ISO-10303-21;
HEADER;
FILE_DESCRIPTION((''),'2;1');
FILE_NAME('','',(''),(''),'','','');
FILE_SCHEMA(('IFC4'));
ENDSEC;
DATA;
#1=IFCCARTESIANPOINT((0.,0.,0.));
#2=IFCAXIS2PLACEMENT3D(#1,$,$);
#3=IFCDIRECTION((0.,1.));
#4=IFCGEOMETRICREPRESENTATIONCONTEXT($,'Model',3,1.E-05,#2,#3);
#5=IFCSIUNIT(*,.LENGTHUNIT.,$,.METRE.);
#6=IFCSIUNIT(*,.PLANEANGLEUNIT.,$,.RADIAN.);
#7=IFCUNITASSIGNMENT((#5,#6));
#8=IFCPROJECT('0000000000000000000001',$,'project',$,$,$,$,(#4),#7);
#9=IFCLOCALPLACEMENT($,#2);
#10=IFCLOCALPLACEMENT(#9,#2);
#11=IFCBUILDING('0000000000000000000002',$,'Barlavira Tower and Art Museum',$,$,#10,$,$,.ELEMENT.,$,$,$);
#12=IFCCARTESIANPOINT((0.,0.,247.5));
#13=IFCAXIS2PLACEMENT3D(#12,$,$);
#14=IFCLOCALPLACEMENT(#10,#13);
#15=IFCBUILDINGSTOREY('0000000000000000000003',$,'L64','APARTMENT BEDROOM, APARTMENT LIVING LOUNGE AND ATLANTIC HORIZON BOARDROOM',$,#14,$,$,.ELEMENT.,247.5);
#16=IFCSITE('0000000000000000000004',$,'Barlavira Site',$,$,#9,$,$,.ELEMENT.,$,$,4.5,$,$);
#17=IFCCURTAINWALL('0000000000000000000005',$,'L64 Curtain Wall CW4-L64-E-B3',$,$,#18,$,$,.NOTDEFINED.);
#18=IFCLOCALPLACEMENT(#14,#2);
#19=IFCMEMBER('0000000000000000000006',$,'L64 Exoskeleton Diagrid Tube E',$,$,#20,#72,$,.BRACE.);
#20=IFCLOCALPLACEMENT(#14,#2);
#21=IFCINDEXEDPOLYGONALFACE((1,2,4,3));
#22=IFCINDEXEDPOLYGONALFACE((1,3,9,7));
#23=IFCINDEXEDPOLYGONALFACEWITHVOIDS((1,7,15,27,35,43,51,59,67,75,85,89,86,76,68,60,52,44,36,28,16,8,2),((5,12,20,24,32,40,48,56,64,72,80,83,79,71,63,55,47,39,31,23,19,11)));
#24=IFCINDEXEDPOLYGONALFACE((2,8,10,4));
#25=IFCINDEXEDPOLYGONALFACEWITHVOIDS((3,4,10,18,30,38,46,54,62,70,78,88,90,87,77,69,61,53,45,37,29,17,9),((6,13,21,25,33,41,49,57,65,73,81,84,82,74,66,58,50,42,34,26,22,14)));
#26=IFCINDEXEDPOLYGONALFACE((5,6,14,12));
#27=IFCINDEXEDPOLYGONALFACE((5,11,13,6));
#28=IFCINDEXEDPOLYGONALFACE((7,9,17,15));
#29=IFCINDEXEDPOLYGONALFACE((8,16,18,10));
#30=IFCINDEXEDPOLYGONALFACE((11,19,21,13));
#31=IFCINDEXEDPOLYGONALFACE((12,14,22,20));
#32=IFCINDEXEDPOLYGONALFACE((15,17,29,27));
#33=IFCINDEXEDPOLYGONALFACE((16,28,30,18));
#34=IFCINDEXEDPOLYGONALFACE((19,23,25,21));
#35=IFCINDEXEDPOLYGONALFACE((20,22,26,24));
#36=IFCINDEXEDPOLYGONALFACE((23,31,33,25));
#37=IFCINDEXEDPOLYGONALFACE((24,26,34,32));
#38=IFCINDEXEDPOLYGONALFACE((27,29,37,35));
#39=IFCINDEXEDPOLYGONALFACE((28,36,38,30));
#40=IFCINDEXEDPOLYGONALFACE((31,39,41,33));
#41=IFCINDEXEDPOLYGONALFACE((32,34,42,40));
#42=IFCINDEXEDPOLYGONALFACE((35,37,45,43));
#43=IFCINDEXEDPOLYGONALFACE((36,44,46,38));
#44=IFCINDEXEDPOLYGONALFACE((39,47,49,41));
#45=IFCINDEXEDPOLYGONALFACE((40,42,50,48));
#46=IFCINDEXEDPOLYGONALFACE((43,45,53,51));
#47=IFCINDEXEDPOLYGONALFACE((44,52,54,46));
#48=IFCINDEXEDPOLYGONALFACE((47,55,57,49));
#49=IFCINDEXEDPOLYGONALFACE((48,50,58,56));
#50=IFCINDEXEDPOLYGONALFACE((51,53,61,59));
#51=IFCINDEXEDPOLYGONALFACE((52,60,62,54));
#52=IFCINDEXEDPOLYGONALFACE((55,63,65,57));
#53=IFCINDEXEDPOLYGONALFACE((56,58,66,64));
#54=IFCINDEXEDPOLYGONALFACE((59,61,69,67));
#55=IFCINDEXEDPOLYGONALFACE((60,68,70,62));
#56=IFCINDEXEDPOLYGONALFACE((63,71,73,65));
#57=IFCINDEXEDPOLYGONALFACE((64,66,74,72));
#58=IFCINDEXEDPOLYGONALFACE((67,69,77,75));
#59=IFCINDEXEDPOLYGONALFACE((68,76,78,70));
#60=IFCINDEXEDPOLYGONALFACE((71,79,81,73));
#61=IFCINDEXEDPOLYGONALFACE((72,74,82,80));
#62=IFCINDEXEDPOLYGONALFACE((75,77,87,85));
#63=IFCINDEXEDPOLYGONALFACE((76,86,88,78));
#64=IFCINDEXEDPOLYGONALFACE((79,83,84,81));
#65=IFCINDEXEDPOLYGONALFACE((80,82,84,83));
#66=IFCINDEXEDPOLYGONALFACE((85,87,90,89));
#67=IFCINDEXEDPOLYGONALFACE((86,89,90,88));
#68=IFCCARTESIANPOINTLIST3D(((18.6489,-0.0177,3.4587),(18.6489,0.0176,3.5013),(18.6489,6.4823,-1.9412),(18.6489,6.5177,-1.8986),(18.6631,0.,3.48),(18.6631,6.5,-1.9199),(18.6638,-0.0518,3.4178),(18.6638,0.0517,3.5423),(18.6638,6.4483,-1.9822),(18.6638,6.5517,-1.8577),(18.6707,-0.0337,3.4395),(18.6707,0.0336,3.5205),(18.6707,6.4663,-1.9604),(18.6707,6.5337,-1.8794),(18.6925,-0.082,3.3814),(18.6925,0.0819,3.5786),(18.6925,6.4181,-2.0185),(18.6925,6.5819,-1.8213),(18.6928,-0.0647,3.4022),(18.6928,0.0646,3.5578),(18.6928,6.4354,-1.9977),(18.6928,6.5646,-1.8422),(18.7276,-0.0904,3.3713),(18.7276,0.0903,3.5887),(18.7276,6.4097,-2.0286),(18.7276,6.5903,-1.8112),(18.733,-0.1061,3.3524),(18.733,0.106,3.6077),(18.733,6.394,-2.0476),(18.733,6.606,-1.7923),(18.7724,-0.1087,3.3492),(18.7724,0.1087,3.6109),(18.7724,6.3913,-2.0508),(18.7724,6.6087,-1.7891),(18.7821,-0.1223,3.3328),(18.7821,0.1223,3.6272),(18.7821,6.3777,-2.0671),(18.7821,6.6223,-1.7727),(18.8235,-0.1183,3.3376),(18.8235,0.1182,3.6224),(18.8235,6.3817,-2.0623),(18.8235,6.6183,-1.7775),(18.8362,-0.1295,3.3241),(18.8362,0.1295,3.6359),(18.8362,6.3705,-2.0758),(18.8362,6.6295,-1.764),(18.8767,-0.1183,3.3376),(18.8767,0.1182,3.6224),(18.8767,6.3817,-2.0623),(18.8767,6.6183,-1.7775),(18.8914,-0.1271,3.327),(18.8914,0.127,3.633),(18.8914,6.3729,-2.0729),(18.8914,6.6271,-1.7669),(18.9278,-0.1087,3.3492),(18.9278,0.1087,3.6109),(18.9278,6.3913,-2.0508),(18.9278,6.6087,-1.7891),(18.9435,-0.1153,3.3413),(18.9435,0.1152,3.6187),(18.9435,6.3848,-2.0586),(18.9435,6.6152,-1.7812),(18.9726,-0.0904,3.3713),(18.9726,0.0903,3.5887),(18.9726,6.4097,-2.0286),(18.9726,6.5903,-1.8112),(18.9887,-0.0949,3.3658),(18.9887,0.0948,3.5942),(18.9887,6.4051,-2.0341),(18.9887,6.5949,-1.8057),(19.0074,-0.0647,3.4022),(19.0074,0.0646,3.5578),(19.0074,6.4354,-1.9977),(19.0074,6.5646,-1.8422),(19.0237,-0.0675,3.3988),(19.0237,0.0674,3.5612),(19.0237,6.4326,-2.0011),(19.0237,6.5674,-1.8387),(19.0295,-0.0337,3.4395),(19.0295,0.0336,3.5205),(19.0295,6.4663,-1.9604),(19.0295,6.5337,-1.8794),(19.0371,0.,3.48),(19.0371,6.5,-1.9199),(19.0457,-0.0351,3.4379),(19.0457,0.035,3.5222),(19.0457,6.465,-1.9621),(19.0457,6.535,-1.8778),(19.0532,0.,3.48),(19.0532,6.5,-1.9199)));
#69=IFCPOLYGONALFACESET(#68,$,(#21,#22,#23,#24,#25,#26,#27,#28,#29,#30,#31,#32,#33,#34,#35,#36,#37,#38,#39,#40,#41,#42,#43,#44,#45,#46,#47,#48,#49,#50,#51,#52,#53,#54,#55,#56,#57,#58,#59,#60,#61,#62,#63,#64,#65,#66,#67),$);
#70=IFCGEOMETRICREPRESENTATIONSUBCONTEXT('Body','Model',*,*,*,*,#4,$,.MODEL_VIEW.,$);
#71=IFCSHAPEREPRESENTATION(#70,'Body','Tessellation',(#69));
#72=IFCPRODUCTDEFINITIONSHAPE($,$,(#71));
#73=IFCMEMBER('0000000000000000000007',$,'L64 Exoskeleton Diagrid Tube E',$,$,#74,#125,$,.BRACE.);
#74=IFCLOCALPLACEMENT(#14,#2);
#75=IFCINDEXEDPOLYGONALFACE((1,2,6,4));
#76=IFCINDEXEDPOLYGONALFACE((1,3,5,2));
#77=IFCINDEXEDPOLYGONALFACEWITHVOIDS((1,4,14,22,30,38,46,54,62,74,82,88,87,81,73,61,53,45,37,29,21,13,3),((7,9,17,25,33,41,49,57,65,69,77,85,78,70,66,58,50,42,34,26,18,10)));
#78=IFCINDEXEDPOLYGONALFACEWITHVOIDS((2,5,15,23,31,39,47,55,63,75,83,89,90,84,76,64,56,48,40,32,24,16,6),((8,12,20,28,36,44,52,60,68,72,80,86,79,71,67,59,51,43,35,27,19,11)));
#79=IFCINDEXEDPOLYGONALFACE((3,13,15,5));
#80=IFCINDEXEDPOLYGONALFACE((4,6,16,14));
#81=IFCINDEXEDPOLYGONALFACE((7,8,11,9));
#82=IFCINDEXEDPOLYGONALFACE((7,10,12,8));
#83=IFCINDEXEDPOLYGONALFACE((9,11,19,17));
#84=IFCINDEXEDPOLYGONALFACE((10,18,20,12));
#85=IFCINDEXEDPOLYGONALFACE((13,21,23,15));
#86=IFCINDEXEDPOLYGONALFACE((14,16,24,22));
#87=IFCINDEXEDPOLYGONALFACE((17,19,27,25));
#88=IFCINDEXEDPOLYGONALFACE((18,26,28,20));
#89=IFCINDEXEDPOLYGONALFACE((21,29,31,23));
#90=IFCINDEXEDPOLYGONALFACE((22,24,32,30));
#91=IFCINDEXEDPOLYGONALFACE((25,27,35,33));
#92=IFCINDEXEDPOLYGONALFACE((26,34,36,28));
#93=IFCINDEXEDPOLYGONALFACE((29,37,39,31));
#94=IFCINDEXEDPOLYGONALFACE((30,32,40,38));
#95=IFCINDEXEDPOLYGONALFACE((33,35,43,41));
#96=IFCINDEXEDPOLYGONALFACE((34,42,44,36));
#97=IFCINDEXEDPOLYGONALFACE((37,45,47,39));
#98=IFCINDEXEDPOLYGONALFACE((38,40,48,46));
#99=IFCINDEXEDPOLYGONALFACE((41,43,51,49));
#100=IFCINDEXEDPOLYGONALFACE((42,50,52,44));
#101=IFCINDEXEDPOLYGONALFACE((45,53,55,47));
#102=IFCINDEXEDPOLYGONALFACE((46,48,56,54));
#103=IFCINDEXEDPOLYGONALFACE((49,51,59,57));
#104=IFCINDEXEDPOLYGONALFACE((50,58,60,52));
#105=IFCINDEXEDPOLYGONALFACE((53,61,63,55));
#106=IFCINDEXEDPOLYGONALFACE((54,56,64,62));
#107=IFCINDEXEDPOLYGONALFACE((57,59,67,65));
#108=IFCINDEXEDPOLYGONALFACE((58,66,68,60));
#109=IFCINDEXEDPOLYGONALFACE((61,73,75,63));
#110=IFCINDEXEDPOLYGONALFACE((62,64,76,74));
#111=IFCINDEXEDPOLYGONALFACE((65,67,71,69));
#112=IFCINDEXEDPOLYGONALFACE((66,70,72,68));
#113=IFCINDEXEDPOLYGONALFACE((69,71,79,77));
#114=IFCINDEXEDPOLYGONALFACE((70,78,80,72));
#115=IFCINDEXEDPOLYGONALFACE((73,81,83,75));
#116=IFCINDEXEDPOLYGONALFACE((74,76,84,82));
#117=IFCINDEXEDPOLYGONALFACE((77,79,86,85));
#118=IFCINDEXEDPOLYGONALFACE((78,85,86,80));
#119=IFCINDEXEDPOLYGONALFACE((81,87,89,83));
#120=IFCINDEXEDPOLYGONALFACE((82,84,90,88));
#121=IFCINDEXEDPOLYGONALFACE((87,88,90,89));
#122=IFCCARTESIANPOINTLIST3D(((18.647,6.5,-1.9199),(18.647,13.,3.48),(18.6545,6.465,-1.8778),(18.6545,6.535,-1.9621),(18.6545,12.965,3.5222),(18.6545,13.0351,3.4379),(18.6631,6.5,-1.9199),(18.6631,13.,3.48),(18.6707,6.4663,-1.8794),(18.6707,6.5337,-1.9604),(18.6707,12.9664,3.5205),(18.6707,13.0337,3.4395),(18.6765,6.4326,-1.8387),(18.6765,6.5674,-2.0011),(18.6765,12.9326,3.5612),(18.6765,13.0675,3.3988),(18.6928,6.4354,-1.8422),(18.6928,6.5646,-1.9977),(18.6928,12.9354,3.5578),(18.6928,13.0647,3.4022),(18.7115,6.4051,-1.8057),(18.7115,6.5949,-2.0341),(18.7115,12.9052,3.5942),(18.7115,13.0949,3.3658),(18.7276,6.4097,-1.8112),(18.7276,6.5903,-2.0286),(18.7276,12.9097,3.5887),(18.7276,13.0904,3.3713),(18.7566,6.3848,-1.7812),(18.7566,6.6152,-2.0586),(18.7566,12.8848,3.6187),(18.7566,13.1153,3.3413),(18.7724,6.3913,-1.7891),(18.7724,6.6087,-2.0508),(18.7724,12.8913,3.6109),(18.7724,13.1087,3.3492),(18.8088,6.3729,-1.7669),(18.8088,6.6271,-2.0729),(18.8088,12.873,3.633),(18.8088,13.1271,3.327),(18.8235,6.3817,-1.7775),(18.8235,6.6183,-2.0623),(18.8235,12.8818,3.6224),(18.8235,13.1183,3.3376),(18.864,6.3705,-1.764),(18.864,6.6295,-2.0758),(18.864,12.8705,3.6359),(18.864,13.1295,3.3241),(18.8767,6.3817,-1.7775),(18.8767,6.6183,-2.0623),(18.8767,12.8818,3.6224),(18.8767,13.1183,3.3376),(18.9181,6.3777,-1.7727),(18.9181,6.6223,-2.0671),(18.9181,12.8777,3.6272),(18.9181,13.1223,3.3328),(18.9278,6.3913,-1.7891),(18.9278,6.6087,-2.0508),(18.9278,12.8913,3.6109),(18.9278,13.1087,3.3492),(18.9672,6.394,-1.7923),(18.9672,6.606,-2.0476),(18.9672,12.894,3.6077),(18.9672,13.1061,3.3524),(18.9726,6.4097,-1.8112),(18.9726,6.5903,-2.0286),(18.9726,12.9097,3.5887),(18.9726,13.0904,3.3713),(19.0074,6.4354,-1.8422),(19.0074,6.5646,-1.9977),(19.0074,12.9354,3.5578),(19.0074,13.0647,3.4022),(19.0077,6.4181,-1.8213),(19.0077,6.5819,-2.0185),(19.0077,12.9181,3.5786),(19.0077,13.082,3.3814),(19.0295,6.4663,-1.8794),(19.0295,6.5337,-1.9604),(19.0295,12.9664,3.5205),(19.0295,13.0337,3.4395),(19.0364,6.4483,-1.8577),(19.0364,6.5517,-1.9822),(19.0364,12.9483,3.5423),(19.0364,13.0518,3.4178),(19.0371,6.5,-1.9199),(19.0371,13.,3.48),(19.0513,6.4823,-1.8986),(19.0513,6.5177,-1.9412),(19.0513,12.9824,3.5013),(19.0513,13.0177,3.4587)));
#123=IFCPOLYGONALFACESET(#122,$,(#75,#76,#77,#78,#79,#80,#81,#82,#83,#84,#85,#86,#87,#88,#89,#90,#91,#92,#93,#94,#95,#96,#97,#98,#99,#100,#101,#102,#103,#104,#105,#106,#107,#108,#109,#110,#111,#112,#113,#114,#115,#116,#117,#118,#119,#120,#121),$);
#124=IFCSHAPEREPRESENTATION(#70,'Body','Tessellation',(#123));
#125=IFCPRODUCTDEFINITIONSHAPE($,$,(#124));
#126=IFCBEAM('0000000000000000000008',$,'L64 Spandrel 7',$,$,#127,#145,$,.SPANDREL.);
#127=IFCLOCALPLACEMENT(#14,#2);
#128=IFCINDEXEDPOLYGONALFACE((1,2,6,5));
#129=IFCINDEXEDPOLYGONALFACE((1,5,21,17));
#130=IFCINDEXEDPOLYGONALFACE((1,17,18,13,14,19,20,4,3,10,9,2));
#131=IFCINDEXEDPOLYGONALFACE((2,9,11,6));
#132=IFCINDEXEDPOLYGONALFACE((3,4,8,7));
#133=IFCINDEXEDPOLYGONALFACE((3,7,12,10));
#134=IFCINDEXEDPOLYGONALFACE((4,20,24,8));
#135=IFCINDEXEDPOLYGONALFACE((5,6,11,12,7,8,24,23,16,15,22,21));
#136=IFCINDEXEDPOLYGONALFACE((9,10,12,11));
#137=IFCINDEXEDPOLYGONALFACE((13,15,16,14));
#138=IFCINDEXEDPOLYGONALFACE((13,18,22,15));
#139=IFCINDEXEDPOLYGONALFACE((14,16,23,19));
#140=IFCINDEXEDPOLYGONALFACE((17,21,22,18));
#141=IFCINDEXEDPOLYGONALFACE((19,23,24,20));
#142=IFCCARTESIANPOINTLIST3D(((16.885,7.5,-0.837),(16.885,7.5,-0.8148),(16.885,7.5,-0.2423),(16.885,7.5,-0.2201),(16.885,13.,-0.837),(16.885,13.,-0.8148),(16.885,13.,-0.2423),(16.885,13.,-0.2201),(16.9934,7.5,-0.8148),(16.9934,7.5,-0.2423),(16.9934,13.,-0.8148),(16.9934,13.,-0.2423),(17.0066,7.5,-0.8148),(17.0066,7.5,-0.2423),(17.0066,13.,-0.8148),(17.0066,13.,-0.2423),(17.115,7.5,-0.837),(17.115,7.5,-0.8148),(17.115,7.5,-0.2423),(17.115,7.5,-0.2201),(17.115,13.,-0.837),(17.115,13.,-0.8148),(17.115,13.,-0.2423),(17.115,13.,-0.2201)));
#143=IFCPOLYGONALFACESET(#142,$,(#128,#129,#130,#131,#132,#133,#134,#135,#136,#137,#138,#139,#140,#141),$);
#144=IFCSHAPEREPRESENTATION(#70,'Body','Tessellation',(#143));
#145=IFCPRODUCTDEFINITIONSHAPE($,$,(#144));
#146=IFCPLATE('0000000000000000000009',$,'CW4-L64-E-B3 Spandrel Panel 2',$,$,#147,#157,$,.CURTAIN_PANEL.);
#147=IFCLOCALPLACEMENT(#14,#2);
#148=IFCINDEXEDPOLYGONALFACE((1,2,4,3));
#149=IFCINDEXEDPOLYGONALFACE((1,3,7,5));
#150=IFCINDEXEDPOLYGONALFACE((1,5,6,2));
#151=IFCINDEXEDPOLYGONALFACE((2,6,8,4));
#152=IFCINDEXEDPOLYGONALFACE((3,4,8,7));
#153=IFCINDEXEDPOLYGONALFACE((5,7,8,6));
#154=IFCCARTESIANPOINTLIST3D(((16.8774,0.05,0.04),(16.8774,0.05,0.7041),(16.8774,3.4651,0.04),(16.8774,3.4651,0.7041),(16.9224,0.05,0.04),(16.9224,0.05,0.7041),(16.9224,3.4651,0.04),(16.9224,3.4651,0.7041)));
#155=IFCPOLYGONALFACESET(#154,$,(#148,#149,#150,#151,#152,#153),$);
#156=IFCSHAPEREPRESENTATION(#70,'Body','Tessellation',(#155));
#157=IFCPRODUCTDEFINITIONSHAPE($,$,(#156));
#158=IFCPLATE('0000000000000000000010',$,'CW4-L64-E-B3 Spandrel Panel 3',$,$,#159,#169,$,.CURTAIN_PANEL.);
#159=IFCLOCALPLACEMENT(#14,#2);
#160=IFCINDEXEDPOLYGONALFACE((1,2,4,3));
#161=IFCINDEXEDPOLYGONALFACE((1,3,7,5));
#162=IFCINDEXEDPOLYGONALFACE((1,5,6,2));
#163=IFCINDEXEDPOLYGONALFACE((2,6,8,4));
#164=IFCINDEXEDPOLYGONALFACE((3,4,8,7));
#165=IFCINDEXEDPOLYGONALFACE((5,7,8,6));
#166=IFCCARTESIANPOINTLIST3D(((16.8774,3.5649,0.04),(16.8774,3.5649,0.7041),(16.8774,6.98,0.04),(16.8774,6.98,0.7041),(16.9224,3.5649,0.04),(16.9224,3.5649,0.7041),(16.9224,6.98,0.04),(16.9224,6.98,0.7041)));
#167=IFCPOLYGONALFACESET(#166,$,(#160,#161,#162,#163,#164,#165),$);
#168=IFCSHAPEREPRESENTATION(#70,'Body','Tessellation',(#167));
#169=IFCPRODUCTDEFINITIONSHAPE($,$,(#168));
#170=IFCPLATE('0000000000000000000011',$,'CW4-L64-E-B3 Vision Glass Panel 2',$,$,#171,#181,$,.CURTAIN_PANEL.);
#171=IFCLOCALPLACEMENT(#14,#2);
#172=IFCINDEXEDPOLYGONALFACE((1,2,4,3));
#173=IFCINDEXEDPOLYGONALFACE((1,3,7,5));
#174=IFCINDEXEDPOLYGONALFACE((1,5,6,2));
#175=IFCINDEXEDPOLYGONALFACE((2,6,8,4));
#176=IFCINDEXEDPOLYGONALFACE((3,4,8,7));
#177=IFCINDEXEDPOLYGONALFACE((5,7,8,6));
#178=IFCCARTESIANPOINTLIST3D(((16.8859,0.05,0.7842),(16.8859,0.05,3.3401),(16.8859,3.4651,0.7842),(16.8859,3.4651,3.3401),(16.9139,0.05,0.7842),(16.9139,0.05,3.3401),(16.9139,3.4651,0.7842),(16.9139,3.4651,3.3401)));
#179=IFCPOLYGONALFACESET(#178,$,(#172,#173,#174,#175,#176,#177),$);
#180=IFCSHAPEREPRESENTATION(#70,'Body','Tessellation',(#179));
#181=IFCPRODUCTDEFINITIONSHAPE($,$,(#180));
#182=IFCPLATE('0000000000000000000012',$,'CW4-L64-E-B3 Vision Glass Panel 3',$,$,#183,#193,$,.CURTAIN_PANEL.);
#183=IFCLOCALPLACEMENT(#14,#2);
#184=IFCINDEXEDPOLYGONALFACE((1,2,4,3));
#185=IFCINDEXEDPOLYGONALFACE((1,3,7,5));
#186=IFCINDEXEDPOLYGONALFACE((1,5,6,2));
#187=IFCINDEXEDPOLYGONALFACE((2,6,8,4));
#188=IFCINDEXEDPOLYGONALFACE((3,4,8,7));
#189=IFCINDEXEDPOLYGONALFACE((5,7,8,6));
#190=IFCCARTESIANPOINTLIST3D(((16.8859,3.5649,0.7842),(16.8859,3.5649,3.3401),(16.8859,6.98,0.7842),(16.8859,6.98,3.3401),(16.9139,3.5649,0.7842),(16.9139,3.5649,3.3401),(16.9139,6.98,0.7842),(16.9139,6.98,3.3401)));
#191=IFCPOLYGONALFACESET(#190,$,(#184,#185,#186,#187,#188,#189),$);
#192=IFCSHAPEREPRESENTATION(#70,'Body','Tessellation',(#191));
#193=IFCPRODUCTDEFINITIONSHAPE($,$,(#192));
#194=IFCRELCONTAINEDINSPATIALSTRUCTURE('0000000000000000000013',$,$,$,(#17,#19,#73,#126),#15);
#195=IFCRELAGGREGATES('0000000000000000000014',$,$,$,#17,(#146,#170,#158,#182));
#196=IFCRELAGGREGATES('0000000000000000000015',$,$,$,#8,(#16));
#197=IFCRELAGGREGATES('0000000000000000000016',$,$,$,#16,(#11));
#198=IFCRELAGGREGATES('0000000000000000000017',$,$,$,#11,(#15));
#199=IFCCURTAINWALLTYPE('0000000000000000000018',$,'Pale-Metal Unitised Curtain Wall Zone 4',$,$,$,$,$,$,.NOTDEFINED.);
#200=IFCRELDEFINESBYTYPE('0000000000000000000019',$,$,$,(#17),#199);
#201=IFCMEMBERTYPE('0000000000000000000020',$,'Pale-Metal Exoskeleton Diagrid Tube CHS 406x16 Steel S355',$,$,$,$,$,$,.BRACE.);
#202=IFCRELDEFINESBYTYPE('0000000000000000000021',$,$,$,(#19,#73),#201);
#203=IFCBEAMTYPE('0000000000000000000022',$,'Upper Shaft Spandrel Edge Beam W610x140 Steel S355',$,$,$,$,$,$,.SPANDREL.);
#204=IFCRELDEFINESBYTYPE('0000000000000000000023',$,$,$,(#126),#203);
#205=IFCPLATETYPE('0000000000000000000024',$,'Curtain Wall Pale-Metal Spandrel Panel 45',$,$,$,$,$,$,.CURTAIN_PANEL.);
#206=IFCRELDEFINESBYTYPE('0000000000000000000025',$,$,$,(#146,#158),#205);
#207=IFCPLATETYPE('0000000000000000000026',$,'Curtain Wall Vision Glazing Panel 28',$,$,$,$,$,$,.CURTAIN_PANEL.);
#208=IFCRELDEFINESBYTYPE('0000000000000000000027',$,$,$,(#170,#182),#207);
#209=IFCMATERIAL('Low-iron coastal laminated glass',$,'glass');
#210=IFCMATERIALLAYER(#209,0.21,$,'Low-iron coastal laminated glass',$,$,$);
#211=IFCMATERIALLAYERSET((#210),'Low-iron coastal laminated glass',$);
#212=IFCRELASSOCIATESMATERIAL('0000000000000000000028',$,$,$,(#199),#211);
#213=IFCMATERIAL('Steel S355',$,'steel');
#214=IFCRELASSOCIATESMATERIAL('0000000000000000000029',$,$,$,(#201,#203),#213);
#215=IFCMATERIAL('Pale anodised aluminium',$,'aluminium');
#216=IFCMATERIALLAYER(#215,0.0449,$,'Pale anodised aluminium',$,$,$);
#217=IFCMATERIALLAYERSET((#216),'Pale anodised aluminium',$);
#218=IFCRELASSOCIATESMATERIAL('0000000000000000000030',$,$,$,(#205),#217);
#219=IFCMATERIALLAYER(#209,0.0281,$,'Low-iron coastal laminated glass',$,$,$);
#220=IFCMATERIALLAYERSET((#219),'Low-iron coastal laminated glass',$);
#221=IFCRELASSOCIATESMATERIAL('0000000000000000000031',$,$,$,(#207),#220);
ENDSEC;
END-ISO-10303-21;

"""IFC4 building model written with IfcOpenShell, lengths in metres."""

from ifc_helpers import new_model, si_unit, direction, frame, origin, origin_2d, place, context, subcontext, project, spatial, rectangle, hollow_circle, i_section, extrude, material, layer, layer_set, material_profile, profile_set, type_object, element, aggregate, save


model = new_model("IFC4")

# Units and contexts
model_context = context("Model", 3, precision=1e-05, world=origin(), true_north=direction((0.0, 1.0)))
body_context = subcontext(model_context, "Body", "Model", "MODEL_VIEW")
ifc_project = project(units=[si_unit("LENGTHUNIT", "METRE"), si_unit("PLANEANGLEUNIT", "RADIAN")], contexts=[model_context])

# Site, building, storey
site_placement = place(None, origin())
site = spatial("IfcSite", under=ifc_project, at=site_placement, Name="Barlavira Site", CompositionType="ELEMENT", RefElevation=4.5)
building_placement = place(site_placement, origin())
building = spatial("IfcBuilding", under=site, at=building_placement, Name="Barlavira Tower and Art Museum", CompositionType="ELEMENT")
storey_placement = place(building_placement, frame((0.0, 0.0, 247.5)))
storey = spatial("IfcBuildingStorey", under=building, at=storey_placement, Name="L64", Description="APARTMENT BEDROOM, APARTMENT LIVING LOUNGE AND ATLANTIC HORIZON BOARDROOM", CompositionType="ELEMENT", Elevation=247.5)

# Curtain wall
ifc_material_1 = material(Name="Low-iron coastal laminated glass", Category="glass")
ifc_layer_1 = layer(ifc_material_1, 0.21, Name="Low-iron coastal laminated glass")
ifc_layer_set_1 = layer_set([ifc_layer_1], Name="Low-iron coastal laminated glass")
curtain_wall_type = type_object("IfcCurtainWallType", Name="Pale-Metal Unitised Curtain Wall Zone 4", PredefinedType="NOTDEFINED", material=ifc_layer_set_1)
curtain_wall_placement = place(storey_placement, origin())
curtain_wall = element("IfcCurtainWall", 1, at=curtain_wall_placement, inside=storey, type_object=curtain_wall_type, Name="L64 Curtain Wall CW4-L64-E-B3", PredefinedType="NOTDEFINED")
ifc_material_2 = material(Name="Pale anodised aluminium", Category="aluminium")

# Members
ifc_material_3 = material(Name="Steel S355", Category="steel")
ifc_material_profile_1 = material_profile(ifc_material_3, hollow_circle(Radius=0.2031, WallThickness=0.0161, at=origin_2d()), Name="CHS 406.4x16.0")
ifc_profile_set_1 = profile_set([ifc_material_profile_1], Name="Steel S355")
member_type_1 = type_object("IfcMemberType", Name="Pale-Metal Exoskeleton Diagrid Tube CHS 406x16 Steel S355", PredefinedType="BRACE", material=ifc_profile_set_1)
for number, where, z_axis, x_axis, name in (
    (2, (18.8501, 6.5, -1.9199), (0.0, -0.769196, 0.639013), (1.0, 0.0, 0.0), "L64 Exoskeleton Diagrid Tube E"),
    (3, (18.8501, 6.5, -1.9199), (0.0, 0.769196, 0.639013), (-1.0, 0.0, 0.0), "L64 Exoskeleton Diagrid Tube E"),
):
    element("IfcMember", number, at=place(storey_placement, frame(where, z_axis=z_axis, x_axis=x_axis)), inside=storey, type_object=member_type_1, Name=name, PredefinedType="BRACE", context=body_context, shape_type="SweptSolid", body=[
        extrude(hollow_circle(Radius=0.2031, WallThickness=0.0161, at=origin_2d()), origin(), (0.0, 0.0, 1.0), 8.4504),
    ])

# Beam
ifc_material_profile_2 = material_profile(ifc_material_3, i_section(OverallWidth=0.23, OverallDepth=0.6169, WebThickness=0.0132, FlangeThickness=0.0222, at=origin_2d()), Name="W610x140.0")
ifc_profile_set_2 = profile_set([ifc_material_profile_2], Name="Steel S355")
beam_type = type_object("IfcBeamType", Name="Upper Shaft Spandrel Edge Beam W610x140 Steel S355", PredefinedType="SPANDREL", material=ifc_profile_set_2)
beam_placement = place(storey_placement, frame((17.0, 7.5, -0.5286), z_axis=(0.0, 1.0, 0.0), x_axis=(-1.0, 0.0, 0.0)))
element("IfcBeam", 4, at=beam_placement, inside=storey, type_object=beam_type, Name="L64 Spandrel 7", PredefinedType="SPANDREL", context=body_context, shape_type="SweptSolid", body=[
    extrude(i_section(OverallWidth=0.23, OverallDepth=0.6169, WebThickness=0.0132, FlangeThickness=0.0222, at=origin_2d()), origin(), (0.0, 0.0, 1.0), 5.5),
])

# Plates
ifc_layer_2 = layer(ifc_material_2, 0.0449, Name="Pale anodised aluminium")
ifc_layer_set_2 = layer_set([ifc_layer_2], Name="Pale anodised aluminium")
plate_type_1 = type_object("IfcPlateType", Name="Curtain Wall Pale-Metal Spandrel Panel 45", PredefinedType="CURTAIN_PANEL", material=ifc_layer_set_2)
plate_1_placement = place(storey_placement, frame((16.8999, 1.7576, 0.04), z_axis=(0.0, 0.0, 1.0), x_axis=(0.0, 1.0, 0.0)))
plate_1 = element("IfcPlate", 5, at=plate_1_placement, type_object=plate_type_1, Name="CW4-L64-E-B3 Spandrel Panel 2", PredefinedType="CURTAIN_PANEL", context=body_context, shape_type="SweptSolid", body=[
    extrude(rectangle(XDim=3.415, YDim=0.0449, at=origin_2d()), origin(), (0.0, 0.0, 1.0), 0.6641),
])
plate_2_placement = place(storey_placement, frame((16.8999, 5.2725, 0.04), z_axis=(0.0, 0.0, 1.0), x_axis=(0.0, 1.0, 0.0)))
plate_2 = element("IfcPlate", 6, at=plate_2_placement, type_object=plate_type_1, Name="CW4-L64-E-B3 Spandrel Panel 3", PredefinedType="CURTAIN_PANEL", context=body_context, shape_type="SweptSolid", body=[
    extrude(rectangle(XDim=3.415, YDim=0.0449, at=origin_2d()), origin(), (0.0, 0.0, 1.0), 0.6641),
])
ifc_layer_3 = layer(ifc_material_1, 0.0281, Name="Low-iron coastal laminated glass")
ifc_layer_set_3 = layer_set([ifc_layer_3], Name="Low-iron coastal laminated glass")
plate_type_2 = type_object("IfcPlateType", Name="Curtain Wall Vision Glazing Panel 28", PredefinedType="CURTAIN_PANEL", material=ifc_layer_set_3)
plate_3_placement = place(storey_placement, frame((16.8999, 1.7576, 0.7842), z_axis=(0.0, 0.0, 1.0), x_axis=(0.0, 1.0, 0.0)))
plate_3 = element("IfcPlate", 7, at=plate_3_placement, type_object=plate_type_2, Name="CW4-L64-E-B3 Vision Glass Panel 2", PredefinedType="CURTAIN_PANEL", context=body_context, shape_type="SweptSolid", body=[
    extrude(rectangle(XDim=3.415, YDim=0.0281, at=origin_2d()), origin(), (0.0, 0.0, 1.0), 2.5559),
])
plate_4_placement = place(storey_placement, frame((16.8999, 5.2725, 0.7842), z_axis=(0.0, 0.0, 1.0), x_axis=(0.0, 1.0, 0.0)))
plate_4 = element("IfcPlate", 8, at=plate_4_placement, type_object=plate_type_2, Name="CW4-L64-E-B3 Vision Glass Panel 3", PredefinedType="CURTAIN_PANEL", context=body_context, shape_type="SweptSolid", body=[
    extrude(rectangle(XDim=3.415, YDim=0.0281, at=origin_2d()), origin(), (0.0, 0.0, 1.0), 2.5559),
])
aggregate(curtain_wall, [plate_1, plate_3, plate_2, plate_4])

save(model, "model.ifc")
